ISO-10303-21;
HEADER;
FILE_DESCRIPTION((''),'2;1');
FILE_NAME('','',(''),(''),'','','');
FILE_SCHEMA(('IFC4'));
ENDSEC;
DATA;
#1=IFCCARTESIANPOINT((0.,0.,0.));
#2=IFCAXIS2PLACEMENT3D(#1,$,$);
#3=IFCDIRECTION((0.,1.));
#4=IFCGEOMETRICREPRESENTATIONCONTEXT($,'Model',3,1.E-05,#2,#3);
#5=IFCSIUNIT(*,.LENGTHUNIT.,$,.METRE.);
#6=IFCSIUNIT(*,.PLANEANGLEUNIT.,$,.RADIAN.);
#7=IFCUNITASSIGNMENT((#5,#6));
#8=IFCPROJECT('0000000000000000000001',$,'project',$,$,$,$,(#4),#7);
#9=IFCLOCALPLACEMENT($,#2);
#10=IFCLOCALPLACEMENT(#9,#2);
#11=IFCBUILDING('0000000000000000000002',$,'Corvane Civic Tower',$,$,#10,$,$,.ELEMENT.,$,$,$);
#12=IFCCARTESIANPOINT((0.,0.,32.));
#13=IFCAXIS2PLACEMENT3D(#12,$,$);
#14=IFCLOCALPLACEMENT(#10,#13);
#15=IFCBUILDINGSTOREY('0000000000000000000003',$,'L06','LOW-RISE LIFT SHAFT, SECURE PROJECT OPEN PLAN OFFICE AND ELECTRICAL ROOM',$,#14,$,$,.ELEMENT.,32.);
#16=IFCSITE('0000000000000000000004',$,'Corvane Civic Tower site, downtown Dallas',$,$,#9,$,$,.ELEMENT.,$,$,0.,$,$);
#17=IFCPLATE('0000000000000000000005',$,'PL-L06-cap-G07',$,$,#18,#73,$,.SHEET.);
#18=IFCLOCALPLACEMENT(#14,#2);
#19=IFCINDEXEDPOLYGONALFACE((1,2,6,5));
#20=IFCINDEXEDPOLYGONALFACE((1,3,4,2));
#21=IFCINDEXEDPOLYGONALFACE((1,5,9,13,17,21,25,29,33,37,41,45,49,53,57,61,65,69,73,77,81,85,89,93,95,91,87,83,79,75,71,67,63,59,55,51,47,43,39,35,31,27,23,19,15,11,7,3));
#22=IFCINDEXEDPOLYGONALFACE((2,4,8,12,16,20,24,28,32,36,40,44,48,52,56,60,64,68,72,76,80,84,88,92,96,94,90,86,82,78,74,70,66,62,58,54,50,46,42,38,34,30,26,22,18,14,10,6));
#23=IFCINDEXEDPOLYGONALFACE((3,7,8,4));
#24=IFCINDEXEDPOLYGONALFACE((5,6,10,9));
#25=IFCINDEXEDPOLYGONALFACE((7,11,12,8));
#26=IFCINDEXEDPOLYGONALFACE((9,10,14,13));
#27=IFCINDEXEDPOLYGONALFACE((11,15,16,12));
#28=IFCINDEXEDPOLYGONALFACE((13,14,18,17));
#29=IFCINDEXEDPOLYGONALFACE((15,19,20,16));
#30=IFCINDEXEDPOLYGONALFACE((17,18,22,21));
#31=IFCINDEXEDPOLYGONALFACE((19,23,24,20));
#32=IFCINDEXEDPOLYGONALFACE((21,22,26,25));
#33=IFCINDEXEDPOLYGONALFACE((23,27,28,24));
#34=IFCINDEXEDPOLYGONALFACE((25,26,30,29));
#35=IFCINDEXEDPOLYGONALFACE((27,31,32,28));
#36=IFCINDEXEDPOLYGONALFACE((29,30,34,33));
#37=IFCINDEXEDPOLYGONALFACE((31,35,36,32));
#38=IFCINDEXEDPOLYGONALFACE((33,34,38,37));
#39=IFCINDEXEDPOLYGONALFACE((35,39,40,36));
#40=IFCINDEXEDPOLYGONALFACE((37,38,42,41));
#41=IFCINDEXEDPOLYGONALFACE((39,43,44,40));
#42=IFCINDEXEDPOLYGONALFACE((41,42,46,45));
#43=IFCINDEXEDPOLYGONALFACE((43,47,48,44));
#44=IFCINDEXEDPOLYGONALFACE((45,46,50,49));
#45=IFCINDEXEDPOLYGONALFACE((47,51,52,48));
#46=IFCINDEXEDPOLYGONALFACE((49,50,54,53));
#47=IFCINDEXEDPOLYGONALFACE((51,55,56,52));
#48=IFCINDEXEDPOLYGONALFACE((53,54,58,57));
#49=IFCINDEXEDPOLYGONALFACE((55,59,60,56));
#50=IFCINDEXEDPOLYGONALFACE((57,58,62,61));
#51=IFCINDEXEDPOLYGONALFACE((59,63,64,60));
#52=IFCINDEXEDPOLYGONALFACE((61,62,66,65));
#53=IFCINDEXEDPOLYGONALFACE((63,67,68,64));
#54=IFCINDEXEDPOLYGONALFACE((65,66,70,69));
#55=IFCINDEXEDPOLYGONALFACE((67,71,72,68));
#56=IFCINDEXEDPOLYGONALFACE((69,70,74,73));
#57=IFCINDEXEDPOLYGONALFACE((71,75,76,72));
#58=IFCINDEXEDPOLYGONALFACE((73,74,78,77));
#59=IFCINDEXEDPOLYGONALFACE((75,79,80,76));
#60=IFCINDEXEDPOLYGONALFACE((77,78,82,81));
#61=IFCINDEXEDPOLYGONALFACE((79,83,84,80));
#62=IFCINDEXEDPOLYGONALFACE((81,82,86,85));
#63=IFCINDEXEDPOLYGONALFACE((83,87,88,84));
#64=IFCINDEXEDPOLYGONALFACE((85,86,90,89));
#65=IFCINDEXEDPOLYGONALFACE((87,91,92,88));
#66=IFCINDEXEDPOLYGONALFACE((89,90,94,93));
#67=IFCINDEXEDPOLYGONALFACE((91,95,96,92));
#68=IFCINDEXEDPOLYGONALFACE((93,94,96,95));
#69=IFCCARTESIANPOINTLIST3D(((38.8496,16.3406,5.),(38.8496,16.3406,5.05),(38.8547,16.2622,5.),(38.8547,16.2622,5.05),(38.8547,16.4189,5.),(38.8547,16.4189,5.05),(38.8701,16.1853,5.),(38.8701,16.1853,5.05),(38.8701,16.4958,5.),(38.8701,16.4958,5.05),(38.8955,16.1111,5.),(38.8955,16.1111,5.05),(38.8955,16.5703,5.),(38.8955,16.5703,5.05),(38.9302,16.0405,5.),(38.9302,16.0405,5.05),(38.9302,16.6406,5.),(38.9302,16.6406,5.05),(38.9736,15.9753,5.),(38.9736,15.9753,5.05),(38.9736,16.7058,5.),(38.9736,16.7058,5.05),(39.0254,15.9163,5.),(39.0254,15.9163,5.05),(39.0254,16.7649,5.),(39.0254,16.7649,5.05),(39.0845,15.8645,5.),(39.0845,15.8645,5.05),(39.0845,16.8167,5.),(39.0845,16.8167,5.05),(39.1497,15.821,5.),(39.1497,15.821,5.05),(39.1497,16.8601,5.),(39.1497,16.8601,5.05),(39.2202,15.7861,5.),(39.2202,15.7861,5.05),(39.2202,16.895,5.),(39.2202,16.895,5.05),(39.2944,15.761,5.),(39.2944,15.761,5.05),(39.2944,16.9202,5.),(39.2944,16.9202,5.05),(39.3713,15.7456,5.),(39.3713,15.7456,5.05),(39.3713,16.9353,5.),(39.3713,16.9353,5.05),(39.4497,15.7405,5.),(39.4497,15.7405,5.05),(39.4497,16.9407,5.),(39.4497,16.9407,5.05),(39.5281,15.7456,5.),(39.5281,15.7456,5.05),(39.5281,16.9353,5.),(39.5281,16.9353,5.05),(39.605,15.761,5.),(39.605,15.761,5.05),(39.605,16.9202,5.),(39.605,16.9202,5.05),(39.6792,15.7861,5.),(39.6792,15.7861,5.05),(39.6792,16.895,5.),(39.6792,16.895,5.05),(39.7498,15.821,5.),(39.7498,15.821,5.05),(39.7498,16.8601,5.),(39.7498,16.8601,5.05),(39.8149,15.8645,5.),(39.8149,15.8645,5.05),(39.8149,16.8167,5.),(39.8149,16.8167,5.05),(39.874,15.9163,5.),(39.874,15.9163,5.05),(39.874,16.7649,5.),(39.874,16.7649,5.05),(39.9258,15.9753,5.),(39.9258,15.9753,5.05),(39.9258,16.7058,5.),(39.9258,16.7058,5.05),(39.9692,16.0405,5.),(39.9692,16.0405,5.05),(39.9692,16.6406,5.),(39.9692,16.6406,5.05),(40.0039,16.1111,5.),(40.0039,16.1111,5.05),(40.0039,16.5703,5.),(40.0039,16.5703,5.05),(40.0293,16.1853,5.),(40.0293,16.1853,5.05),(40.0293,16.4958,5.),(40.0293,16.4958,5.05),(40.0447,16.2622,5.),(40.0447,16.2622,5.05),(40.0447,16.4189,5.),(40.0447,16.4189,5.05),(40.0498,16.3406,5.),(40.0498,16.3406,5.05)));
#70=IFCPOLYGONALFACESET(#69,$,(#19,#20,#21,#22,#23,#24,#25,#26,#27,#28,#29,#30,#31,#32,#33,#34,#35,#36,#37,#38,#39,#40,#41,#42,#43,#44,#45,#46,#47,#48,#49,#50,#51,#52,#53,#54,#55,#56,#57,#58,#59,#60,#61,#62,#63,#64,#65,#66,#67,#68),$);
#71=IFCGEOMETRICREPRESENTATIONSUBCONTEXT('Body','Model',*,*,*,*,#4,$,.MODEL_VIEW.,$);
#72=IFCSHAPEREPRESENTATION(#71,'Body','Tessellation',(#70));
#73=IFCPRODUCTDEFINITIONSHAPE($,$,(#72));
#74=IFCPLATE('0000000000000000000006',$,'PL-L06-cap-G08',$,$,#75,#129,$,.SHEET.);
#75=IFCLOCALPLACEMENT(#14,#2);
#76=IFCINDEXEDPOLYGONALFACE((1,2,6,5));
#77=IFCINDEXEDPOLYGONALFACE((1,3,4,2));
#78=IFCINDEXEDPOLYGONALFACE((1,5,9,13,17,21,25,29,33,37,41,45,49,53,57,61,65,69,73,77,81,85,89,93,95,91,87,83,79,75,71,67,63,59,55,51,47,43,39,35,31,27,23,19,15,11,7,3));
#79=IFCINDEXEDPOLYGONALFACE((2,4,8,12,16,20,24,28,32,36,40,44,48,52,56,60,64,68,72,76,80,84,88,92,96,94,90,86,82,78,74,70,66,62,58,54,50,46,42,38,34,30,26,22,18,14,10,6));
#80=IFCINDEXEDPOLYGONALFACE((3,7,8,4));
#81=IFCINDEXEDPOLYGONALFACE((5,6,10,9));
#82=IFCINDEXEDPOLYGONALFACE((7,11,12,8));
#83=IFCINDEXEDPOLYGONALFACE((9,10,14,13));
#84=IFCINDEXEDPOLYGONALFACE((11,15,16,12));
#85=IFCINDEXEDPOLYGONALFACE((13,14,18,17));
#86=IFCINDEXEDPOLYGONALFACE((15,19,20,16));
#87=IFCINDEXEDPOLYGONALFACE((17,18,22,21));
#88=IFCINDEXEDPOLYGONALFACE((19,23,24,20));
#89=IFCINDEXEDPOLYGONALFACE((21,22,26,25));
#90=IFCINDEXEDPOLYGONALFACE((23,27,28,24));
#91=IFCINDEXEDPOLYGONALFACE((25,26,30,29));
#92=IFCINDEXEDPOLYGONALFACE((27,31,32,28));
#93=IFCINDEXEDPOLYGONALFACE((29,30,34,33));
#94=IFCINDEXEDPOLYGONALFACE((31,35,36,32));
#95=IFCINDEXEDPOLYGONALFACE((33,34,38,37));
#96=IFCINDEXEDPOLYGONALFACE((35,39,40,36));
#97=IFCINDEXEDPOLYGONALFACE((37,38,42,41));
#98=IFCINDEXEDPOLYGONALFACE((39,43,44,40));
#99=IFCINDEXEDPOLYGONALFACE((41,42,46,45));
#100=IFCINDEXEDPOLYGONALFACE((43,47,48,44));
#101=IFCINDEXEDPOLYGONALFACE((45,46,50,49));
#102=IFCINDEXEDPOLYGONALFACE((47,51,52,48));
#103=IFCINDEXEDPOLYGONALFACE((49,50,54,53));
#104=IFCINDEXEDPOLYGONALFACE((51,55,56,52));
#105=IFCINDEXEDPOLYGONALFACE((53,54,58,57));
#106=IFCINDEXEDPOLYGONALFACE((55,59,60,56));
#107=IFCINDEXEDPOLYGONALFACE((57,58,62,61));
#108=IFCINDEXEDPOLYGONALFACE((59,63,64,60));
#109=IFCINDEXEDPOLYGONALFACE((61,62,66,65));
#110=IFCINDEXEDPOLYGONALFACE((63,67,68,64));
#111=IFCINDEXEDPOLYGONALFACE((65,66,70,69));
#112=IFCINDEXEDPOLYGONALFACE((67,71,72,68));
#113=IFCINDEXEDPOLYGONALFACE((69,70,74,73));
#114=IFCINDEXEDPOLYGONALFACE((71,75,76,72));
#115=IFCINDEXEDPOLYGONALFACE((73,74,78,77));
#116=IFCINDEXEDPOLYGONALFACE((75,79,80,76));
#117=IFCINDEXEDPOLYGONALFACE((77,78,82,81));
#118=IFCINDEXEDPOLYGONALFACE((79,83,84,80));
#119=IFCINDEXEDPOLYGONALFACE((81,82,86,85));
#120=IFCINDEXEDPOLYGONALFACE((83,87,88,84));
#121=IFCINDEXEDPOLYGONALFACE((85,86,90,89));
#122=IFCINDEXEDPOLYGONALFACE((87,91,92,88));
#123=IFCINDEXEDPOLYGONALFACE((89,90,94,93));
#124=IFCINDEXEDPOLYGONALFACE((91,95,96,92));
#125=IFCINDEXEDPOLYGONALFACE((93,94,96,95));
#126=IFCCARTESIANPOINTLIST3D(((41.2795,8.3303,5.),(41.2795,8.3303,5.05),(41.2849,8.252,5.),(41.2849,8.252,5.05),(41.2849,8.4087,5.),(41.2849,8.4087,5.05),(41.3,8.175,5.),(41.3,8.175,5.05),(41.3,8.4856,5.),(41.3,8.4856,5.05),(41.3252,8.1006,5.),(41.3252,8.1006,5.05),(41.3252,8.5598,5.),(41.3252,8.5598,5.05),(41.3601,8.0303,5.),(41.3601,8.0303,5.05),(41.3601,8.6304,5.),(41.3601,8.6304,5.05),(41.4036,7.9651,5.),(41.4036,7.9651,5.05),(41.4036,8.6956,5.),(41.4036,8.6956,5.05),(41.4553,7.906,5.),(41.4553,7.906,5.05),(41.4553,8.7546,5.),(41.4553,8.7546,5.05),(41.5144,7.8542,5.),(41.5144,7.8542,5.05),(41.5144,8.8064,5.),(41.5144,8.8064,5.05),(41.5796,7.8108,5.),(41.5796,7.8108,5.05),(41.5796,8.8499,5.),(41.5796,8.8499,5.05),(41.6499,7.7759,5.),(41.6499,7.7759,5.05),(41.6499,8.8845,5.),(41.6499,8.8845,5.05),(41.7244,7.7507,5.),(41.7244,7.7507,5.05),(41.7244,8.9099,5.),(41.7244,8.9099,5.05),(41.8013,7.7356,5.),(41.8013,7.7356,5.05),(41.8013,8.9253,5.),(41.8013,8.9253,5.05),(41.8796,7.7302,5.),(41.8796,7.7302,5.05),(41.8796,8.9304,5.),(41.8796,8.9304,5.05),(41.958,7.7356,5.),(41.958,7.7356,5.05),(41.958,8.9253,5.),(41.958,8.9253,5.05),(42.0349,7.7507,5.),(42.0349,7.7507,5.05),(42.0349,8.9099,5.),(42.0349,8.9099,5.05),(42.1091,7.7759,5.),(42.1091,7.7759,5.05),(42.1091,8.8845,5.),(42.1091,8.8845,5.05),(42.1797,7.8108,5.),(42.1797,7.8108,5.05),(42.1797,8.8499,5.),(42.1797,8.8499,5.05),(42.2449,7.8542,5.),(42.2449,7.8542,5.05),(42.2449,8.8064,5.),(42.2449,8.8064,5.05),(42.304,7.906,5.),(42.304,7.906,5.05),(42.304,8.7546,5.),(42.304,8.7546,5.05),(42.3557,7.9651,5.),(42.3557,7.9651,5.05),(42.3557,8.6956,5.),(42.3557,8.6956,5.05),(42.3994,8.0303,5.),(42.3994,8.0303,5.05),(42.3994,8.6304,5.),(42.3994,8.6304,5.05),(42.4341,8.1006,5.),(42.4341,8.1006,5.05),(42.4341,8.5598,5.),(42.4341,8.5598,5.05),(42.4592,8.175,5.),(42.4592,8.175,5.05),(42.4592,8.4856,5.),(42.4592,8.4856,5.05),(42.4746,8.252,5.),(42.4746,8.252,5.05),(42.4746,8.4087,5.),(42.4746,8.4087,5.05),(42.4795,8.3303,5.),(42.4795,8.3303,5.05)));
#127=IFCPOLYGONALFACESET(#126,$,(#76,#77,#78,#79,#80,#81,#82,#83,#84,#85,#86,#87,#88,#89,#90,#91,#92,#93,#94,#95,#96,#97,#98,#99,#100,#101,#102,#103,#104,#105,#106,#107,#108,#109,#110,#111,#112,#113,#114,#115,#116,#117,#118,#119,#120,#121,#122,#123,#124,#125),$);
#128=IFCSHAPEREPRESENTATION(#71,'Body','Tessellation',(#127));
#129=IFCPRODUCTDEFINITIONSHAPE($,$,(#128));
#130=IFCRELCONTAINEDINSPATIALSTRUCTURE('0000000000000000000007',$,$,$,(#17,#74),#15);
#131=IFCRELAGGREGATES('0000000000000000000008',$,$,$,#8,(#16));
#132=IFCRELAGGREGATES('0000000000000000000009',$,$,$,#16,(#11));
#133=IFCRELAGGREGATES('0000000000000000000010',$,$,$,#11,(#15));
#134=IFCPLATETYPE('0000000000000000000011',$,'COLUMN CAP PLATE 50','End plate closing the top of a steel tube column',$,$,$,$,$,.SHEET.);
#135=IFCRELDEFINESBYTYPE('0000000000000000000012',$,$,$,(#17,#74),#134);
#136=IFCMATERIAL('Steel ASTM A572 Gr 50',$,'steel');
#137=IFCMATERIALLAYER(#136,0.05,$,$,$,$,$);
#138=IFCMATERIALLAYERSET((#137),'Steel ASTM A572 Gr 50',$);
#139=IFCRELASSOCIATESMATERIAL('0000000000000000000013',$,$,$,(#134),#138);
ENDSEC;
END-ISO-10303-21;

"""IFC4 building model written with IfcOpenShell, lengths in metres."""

from ifc_helpers import new_model, si_unit, direction, frame, origin, place, context, subcontext, project, spatial, polyline, outline, extrude, material, layer, layer_set, type_object, element, save


model = new_model("IFC4")

# Units and contexts
model_context = context("Model", 3, precision=1e-05, world=origin(), true_north=direction((0.0, 1.0)))
body_context = subcontext(model_context, "Body", "Model", "MODEL_VIEW")
ifc_project = project(units=[si_unit("LENGTHUNIT", "METRE"), si_unit("PLANEANGLEUNIT", "RADIAN")], contexts=[model_context])

# Site, building, storey
site_placement = place(None, origin())
site = spatial("IfcSite", under=ifc_project, at=site_placement, Name="Corvane Civic Tower site, downtown Dallas", CompositionType="ELEMENT", RefElevation=0.0)
building_placement = place(site_placement, origin())
building = spatial("IfcBuilding", under=site, at=building_placement, Name="Corvane Civic Tower", CompositionType="ELEMENT")
storey_placement = place(building_placement, frame((0.0, 0.0, 32.0)))
storey = spatial("IfcBuildingStorey", under=building, at=storey_placement, Name="L06", Description="LOW-RISE LIFT SHAFT, SECURE PROJECT OPEN PLAN OFFICE AND ELECTRICAL ROOM", CompositionType="ELEMENT", Elevation=32.0)

# Plates
ifc_material_1 = material(Name="Steel ASTM A572 Gr 50", Category="steel")
ifc_layer_1 = layer(ifc_material_1, 0.05)
ifc_layer_set_1 = layer_set([ifc_layer_1], Name="Steel ASTM A572 Gr 50")
plate_type = type_object("IfcPlateType", Name="COLUMN CAP PLATE 50", Description="End plate closing the top of a steel tube column", PredefinedType="SHEET", material=ifc_layer_set_1)
plate_1_placement = place(storey_placement, frame((0.0, 0.0, 5.0)))
element("IfcPlate", 1, at=plate_1_placement, inside=storey, type_object=plate_type, Name="PL-L06-cap-G07", PredefinedType="SHEET", context=body_context, shape_type="SweptSolid", body=[
    extrude(outline(polyline([(40.0498, 16.3406), (40.0447, 16.4189), (40.0293, 16.4958), (40.0039, 16.5703), (39.9692, 16.6406), (39.9258, 16.7058), (39.874, 16.7649), (39.8149, 16.8167), (39.7498, 16.8601), (39.6792, 16.895), (39.605, 16.9202), (39.5281, 16.9353), (39.4497, 16.9407), (39.3713, 16.9353), (39.2944, 16.9202), (39.2202, 16.895), (39.1497, 16.8601), (39.0845, 16.8167), (39.0254, 16.7649), (38.9736, 16.7058), (38.9302, 16.6406), (38.8955, 16.5703), (38.8701, 16.4958), (38.8547, 16.4189), (38.8496, 16.3406), (38.8547, 16.2622), (38.8701, 16.1853), (38.8955, 16.1111), (38.9302, 16.0405), (38.9736, 15.9753), (39.0254, 15.9163), (39.0845, 15.8645), (39.1497, 15.821), (39.2202, 15.7861), (39.2944, 15.761), (39.3713, 15.7456), (39.4497, 15.7405), (39.5281, 15.7456), (39.605, 15.761), (39.6792, 15.7861), (39.7498, 15.821), (39.8149, 15.8645), (39.874, 15.9163), (39.9258, 15.9753), (39.9692, 16.0405), (40.0039, 16.1111), (40.0293, 16.1853), (40.0447, 16.2622), (40.0498, 16.3406)])), origin(), (0.0, 0.0, 1.0), 0.05),
])
plate_2_placement = place(storey_placement, frame((0.0, 0.0, 5.0)))
element("IfcPlate", 2, at=plate_2_placement, inside=storey, type_object=plate_type, Name="PL-L06-cap-G08", PredefinedType="SHEET", context=body_context, shape_type="SweptSolid", body=[
    extrude(outline(polyline([(42.4795, 8.3303), (42.4746, 8.4087), (42.4592, 8.4856), (42.4341, 8.5598), (42.3994, 8.6304), (42.3557, 8.6956), (42.304, 8.7546), (42.2449, 8.8064), (42.1797, 8.8499), (42.1091, 8.8845), (42.0349, 8.9099), (41.958, 8.9253), (41.8796, 8.9304), (41.8013, 8.9253), (41.7244, 8.9099), (41.6499, 8.8845), (41.5796, 8.8499), (41.5144, 8.8064), (41.4553, 8.7546), (41.4036, 8.6956), (41.3601, 8.6304), (41.3252, 8.5598), (41.3, 8.4856), (41.2849, 8.4087), (41.2795, 8.3303), (41.2849, 8.252), (41.3, 8.175), (41.3252, 8.1006), (41.3601, 8.0303), (41.4036, 7.9651), (41.4553, 7.906), (41.5144, 7.8542), (41.5796, 7.8108), (41.6499, 7.7759), (41.7244, 7.7507), (41.8013, 7.7356), (41.8796, 7.7302), (41.958, 7.7356), (42.0349, 7.7507), (42.1091, 7.7759), (42.1797, 7.8108), (42.2449, 7.8542), (42.304, 7.906), (42.3557, 7.9651), (42.3994, 8.0303), (42.4341, 8.1006), (42.4592, 8.175), (42.4746, 8.252), (42.4795, 8.3303)])), origin(), (0.0, 0.0, 1.0), 0.05),
])

save(model, "model.ifc")
